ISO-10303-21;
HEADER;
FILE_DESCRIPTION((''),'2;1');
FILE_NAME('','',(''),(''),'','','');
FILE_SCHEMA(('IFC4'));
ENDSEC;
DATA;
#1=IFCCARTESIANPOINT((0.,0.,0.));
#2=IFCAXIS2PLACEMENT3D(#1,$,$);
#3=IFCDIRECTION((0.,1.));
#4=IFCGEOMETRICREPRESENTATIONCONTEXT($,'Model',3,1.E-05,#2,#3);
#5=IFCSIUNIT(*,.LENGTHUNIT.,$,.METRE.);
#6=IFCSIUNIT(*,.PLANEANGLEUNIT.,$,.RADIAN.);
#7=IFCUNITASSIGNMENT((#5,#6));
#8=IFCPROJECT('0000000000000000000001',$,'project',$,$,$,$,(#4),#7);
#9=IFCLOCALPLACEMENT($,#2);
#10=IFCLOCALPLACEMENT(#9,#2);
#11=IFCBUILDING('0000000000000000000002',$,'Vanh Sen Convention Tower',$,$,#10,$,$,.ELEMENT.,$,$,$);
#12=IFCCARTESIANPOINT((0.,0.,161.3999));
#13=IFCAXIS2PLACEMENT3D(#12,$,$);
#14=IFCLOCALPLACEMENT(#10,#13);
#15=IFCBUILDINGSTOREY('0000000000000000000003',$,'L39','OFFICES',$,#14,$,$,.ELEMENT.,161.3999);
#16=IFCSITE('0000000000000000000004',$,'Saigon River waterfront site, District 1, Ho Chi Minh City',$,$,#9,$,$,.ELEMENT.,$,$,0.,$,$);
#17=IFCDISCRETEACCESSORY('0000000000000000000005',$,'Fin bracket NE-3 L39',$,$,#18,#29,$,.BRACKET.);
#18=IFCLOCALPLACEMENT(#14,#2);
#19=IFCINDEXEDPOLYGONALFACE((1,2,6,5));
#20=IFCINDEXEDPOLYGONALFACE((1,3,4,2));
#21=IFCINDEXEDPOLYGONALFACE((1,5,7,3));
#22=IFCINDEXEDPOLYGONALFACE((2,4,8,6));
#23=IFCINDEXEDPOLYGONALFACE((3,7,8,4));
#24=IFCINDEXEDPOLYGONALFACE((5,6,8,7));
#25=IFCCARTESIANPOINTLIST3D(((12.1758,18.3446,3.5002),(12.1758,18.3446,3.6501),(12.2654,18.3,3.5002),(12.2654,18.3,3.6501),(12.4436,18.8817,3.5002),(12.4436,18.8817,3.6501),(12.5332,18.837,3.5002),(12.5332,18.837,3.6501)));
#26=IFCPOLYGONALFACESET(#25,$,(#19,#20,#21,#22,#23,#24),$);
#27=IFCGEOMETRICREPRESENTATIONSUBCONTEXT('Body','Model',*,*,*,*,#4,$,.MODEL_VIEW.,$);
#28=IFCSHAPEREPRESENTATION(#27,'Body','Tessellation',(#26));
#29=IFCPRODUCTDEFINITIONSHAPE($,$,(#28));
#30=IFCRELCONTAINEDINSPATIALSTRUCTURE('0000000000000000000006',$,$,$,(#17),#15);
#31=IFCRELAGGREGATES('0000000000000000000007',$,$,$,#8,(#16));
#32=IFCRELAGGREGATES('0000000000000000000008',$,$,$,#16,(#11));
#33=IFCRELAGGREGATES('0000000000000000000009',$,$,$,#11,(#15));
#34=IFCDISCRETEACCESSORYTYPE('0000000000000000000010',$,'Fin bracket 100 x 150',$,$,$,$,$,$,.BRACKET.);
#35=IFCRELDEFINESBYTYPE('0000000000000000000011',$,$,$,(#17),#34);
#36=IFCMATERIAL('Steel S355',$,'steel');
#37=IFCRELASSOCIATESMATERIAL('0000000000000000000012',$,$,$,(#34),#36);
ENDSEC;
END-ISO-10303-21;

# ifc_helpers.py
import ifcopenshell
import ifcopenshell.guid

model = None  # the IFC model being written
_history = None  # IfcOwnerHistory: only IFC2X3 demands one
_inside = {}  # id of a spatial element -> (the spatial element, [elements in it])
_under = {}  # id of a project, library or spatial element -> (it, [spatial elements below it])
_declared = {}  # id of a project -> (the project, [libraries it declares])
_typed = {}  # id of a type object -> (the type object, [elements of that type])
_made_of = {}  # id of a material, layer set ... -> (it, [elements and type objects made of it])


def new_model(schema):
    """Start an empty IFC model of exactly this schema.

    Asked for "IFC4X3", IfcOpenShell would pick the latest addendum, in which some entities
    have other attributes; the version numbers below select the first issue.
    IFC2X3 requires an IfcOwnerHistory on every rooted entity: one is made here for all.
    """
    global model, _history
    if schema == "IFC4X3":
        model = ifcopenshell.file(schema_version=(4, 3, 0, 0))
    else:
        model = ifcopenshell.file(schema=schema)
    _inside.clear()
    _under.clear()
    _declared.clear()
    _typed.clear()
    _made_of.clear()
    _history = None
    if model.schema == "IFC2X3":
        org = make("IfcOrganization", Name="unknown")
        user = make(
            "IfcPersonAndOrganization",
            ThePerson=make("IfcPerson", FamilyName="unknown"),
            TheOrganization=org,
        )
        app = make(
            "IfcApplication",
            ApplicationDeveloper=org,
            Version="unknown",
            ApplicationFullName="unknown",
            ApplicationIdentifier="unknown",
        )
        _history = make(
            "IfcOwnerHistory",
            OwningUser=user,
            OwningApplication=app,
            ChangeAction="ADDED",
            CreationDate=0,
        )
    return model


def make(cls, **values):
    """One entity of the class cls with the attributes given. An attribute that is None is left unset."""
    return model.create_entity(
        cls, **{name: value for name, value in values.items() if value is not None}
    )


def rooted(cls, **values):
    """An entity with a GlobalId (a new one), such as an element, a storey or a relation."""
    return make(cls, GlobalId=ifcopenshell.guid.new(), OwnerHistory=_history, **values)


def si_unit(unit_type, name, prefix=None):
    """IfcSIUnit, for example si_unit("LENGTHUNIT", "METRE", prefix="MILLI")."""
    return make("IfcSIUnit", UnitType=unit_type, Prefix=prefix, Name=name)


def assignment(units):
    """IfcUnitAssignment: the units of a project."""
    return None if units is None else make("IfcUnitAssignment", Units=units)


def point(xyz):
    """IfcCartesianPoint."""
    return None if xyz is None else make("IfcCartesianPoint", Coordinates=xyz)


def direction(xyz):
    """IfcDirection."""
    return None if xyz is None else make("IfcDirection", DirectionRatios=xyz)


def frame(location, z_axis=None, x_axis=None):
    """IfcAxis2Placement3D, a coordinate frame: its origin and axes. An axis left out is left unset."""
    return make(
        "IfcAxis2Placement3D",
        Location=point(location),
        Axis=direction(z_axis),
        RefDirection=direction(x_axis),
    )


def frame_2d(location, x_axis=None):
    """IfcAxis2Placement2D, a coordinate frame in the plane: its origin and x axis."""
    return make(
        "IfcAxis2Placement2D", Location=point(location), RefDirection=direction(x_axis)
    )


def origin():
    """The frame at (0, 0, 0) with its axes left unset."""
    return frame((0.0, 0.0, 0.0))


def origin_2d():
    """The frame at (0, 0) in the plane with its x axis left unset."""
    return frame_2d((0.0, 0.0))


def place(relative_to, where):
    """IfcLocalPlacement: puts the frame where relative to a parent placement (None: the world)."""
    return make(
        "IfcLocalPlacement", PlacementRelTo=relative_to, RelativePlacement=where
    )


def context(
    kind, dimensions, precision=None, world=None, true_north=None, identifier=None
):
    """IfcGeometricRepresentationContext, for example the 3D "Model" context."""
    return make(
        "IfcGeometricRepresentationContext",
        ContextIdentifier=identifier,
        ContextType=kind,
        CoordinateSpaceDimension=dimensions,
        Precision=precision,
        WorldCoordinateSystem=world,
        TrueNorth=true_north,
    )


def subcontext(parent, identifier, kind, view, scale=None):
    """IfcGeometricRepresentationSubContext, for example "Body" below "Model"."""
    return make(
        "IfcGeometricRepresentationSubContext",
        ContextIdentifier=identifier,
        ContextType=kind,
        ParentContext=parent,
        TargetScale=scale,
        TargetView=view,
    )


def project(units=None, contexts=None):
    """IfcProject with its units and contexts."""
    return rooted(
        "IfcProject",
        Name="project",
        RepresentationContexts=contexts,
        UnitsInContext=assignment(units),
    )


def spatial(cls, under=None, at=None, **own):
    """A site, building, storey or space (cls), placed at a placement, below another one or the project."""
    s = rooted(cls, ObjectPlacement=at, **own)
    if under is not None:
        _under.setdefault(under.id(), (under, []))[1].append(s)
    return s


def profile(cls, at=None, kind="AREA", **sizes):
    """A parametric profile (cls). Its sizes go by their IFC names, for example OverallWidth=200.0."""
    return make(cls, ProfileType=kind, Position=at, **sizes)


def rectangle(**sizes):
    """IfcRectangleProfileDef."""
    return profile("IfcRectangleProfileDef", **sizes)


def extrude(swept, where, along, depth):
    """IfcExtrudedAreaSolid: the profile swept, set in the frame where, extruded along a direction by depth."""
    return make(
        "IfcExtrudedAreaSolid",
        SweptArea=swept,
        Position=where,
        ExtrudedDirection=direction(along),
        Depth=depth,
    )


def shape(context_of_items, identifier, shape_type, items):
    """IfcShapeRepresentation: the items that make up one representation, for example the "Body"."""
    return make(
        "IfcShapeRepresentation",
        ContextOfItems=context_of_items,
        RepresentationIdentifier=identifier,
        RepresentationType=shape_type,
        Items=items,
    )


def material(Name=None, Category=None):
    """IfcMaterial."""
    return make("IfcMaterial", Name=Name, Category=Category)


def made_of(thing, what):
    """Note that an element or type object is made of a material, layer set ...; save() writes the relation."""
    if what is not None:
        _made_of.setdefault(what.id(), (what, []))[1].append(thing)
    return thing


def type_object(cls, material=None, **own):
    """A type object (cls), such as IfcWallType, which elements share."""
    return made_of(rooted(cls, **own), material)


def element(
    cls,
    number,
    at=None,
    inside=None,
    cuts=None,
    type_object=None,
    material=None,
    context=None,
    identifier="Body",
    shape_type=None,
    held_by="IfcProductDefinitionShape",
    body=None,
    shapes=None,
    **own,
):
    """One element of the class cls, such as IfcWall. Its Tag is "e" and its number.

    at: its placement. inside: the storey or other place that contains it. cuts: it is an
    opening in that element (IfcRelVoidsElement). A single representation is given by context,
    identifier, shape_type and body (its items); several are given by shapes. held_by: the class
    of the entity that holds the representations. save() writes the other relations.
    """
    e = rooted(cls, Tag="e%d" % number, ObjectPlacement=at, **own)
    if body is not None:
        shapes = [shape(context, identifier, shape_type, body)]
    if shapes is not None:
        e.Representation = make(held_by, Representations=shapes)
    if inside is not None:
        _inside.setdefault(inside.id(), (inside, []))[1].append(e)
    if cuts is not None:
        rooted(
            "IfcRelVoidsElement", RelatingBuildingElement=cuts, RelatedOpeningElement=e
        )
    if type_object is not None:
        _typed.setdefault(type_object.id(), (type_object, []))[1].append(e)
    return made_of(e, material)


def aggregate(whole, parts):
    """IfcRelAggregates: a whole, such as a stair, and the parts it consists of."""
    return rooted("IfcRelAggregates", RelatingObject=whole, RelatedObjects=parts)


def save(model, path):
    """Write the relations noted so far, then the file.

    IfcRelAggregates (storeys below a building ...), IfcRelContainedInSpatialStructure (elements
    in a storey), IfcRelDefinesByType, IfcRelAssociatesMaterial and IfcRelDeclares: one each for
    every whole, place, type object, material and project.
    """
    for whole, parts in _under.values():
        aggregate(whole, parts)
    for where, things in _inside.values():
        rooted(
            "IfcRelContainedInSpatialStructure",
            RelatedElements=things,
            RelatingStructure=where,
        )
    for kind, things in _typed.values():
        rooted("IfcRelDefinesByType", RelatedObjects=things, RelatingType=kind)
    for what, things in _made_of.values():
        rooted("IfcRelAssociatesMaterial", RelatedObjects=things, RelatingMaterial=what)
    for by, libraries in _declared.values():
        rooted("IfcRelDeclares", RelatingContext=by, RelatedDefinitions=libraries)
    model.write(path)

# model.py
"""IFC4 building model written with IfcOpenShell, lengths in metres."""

from ifc_helpers import new_model, si_unit, direction, frame, origin, origin_2d, place, context, subcontext, project, spatial, rectangle, extrude, material, type_object, element, save


model = new_model("IFC4")

# Units and contexts
model_context = context("Model", 3, precision=1e-05, world=origin(), true_north=direction((0.0, 1.0)))
body_context = subcontext(model_context, "Body", "Model", "MODEL_VIEW")
ifc_project = project(units=[si_unit("LENGTHUNIT", "METRE"), si_unit("PLANEANGLEUNIT", "RADIAN")], contexts=[model_context])

# Site, building, storey
site_placement = place(None, origin())
site = spatial("IfcSite", under=ifc_project, at=site_placement, Name="Saigon River waterfront site, District 1, Ho Chi Minh City", CompositionType="ELEMENT", RefElevation=0.0)
building_placement = place(site_placement, origin())
building = spatial("IfcBuilding", under=site, at=building_placement, Name="Vanh Sen Convention Tower", CompositionType="ELEMENT")
storey_placement = place(building_placement, frame((0.0, 0.0, 161.3999)))
storey = spatial("IfcBuildingStorey", under=building, at=storey_placement, Name="L39", Description="OFFICES", CompositionType="ELEMENT", Elevation=161.3999)

# Discrete accessory
ifc_material_1 = material(Name="Steel S355", Category="steel")
discrete_accessory_type = type_object("IfcDiscreteAccessoryType", Name="Fin bracket 100 x 150", PredefinedType="BRACKET", material=ifc_material_1)
for number, where, z_axis, x_axis, name in (
    (1, (12.3545, 18.5908, 3.5002), (0.0, 0.0, 1.0), (0.446198, 0.894934, 0.0), "Fin bracket NE-3 L39"),
):
    element("IfcDiscreteAccessory", number, at=place(storey_placement, frame(where, z_axis=z_axis, x_axis=x_axis)), inside=storey, type_object=discrete_accessory_type, Name=name, PredefinedType="BRACKET", context=body_context, shape_type="SweptSolid", body=[
        extrude(rectangle(XDim=0.6001, YDim=0.1001, at=origin_2d()), origin(), (0.0, 0.0, 1.0), 0.1499),
    ])

save(model, "model.ifc")
